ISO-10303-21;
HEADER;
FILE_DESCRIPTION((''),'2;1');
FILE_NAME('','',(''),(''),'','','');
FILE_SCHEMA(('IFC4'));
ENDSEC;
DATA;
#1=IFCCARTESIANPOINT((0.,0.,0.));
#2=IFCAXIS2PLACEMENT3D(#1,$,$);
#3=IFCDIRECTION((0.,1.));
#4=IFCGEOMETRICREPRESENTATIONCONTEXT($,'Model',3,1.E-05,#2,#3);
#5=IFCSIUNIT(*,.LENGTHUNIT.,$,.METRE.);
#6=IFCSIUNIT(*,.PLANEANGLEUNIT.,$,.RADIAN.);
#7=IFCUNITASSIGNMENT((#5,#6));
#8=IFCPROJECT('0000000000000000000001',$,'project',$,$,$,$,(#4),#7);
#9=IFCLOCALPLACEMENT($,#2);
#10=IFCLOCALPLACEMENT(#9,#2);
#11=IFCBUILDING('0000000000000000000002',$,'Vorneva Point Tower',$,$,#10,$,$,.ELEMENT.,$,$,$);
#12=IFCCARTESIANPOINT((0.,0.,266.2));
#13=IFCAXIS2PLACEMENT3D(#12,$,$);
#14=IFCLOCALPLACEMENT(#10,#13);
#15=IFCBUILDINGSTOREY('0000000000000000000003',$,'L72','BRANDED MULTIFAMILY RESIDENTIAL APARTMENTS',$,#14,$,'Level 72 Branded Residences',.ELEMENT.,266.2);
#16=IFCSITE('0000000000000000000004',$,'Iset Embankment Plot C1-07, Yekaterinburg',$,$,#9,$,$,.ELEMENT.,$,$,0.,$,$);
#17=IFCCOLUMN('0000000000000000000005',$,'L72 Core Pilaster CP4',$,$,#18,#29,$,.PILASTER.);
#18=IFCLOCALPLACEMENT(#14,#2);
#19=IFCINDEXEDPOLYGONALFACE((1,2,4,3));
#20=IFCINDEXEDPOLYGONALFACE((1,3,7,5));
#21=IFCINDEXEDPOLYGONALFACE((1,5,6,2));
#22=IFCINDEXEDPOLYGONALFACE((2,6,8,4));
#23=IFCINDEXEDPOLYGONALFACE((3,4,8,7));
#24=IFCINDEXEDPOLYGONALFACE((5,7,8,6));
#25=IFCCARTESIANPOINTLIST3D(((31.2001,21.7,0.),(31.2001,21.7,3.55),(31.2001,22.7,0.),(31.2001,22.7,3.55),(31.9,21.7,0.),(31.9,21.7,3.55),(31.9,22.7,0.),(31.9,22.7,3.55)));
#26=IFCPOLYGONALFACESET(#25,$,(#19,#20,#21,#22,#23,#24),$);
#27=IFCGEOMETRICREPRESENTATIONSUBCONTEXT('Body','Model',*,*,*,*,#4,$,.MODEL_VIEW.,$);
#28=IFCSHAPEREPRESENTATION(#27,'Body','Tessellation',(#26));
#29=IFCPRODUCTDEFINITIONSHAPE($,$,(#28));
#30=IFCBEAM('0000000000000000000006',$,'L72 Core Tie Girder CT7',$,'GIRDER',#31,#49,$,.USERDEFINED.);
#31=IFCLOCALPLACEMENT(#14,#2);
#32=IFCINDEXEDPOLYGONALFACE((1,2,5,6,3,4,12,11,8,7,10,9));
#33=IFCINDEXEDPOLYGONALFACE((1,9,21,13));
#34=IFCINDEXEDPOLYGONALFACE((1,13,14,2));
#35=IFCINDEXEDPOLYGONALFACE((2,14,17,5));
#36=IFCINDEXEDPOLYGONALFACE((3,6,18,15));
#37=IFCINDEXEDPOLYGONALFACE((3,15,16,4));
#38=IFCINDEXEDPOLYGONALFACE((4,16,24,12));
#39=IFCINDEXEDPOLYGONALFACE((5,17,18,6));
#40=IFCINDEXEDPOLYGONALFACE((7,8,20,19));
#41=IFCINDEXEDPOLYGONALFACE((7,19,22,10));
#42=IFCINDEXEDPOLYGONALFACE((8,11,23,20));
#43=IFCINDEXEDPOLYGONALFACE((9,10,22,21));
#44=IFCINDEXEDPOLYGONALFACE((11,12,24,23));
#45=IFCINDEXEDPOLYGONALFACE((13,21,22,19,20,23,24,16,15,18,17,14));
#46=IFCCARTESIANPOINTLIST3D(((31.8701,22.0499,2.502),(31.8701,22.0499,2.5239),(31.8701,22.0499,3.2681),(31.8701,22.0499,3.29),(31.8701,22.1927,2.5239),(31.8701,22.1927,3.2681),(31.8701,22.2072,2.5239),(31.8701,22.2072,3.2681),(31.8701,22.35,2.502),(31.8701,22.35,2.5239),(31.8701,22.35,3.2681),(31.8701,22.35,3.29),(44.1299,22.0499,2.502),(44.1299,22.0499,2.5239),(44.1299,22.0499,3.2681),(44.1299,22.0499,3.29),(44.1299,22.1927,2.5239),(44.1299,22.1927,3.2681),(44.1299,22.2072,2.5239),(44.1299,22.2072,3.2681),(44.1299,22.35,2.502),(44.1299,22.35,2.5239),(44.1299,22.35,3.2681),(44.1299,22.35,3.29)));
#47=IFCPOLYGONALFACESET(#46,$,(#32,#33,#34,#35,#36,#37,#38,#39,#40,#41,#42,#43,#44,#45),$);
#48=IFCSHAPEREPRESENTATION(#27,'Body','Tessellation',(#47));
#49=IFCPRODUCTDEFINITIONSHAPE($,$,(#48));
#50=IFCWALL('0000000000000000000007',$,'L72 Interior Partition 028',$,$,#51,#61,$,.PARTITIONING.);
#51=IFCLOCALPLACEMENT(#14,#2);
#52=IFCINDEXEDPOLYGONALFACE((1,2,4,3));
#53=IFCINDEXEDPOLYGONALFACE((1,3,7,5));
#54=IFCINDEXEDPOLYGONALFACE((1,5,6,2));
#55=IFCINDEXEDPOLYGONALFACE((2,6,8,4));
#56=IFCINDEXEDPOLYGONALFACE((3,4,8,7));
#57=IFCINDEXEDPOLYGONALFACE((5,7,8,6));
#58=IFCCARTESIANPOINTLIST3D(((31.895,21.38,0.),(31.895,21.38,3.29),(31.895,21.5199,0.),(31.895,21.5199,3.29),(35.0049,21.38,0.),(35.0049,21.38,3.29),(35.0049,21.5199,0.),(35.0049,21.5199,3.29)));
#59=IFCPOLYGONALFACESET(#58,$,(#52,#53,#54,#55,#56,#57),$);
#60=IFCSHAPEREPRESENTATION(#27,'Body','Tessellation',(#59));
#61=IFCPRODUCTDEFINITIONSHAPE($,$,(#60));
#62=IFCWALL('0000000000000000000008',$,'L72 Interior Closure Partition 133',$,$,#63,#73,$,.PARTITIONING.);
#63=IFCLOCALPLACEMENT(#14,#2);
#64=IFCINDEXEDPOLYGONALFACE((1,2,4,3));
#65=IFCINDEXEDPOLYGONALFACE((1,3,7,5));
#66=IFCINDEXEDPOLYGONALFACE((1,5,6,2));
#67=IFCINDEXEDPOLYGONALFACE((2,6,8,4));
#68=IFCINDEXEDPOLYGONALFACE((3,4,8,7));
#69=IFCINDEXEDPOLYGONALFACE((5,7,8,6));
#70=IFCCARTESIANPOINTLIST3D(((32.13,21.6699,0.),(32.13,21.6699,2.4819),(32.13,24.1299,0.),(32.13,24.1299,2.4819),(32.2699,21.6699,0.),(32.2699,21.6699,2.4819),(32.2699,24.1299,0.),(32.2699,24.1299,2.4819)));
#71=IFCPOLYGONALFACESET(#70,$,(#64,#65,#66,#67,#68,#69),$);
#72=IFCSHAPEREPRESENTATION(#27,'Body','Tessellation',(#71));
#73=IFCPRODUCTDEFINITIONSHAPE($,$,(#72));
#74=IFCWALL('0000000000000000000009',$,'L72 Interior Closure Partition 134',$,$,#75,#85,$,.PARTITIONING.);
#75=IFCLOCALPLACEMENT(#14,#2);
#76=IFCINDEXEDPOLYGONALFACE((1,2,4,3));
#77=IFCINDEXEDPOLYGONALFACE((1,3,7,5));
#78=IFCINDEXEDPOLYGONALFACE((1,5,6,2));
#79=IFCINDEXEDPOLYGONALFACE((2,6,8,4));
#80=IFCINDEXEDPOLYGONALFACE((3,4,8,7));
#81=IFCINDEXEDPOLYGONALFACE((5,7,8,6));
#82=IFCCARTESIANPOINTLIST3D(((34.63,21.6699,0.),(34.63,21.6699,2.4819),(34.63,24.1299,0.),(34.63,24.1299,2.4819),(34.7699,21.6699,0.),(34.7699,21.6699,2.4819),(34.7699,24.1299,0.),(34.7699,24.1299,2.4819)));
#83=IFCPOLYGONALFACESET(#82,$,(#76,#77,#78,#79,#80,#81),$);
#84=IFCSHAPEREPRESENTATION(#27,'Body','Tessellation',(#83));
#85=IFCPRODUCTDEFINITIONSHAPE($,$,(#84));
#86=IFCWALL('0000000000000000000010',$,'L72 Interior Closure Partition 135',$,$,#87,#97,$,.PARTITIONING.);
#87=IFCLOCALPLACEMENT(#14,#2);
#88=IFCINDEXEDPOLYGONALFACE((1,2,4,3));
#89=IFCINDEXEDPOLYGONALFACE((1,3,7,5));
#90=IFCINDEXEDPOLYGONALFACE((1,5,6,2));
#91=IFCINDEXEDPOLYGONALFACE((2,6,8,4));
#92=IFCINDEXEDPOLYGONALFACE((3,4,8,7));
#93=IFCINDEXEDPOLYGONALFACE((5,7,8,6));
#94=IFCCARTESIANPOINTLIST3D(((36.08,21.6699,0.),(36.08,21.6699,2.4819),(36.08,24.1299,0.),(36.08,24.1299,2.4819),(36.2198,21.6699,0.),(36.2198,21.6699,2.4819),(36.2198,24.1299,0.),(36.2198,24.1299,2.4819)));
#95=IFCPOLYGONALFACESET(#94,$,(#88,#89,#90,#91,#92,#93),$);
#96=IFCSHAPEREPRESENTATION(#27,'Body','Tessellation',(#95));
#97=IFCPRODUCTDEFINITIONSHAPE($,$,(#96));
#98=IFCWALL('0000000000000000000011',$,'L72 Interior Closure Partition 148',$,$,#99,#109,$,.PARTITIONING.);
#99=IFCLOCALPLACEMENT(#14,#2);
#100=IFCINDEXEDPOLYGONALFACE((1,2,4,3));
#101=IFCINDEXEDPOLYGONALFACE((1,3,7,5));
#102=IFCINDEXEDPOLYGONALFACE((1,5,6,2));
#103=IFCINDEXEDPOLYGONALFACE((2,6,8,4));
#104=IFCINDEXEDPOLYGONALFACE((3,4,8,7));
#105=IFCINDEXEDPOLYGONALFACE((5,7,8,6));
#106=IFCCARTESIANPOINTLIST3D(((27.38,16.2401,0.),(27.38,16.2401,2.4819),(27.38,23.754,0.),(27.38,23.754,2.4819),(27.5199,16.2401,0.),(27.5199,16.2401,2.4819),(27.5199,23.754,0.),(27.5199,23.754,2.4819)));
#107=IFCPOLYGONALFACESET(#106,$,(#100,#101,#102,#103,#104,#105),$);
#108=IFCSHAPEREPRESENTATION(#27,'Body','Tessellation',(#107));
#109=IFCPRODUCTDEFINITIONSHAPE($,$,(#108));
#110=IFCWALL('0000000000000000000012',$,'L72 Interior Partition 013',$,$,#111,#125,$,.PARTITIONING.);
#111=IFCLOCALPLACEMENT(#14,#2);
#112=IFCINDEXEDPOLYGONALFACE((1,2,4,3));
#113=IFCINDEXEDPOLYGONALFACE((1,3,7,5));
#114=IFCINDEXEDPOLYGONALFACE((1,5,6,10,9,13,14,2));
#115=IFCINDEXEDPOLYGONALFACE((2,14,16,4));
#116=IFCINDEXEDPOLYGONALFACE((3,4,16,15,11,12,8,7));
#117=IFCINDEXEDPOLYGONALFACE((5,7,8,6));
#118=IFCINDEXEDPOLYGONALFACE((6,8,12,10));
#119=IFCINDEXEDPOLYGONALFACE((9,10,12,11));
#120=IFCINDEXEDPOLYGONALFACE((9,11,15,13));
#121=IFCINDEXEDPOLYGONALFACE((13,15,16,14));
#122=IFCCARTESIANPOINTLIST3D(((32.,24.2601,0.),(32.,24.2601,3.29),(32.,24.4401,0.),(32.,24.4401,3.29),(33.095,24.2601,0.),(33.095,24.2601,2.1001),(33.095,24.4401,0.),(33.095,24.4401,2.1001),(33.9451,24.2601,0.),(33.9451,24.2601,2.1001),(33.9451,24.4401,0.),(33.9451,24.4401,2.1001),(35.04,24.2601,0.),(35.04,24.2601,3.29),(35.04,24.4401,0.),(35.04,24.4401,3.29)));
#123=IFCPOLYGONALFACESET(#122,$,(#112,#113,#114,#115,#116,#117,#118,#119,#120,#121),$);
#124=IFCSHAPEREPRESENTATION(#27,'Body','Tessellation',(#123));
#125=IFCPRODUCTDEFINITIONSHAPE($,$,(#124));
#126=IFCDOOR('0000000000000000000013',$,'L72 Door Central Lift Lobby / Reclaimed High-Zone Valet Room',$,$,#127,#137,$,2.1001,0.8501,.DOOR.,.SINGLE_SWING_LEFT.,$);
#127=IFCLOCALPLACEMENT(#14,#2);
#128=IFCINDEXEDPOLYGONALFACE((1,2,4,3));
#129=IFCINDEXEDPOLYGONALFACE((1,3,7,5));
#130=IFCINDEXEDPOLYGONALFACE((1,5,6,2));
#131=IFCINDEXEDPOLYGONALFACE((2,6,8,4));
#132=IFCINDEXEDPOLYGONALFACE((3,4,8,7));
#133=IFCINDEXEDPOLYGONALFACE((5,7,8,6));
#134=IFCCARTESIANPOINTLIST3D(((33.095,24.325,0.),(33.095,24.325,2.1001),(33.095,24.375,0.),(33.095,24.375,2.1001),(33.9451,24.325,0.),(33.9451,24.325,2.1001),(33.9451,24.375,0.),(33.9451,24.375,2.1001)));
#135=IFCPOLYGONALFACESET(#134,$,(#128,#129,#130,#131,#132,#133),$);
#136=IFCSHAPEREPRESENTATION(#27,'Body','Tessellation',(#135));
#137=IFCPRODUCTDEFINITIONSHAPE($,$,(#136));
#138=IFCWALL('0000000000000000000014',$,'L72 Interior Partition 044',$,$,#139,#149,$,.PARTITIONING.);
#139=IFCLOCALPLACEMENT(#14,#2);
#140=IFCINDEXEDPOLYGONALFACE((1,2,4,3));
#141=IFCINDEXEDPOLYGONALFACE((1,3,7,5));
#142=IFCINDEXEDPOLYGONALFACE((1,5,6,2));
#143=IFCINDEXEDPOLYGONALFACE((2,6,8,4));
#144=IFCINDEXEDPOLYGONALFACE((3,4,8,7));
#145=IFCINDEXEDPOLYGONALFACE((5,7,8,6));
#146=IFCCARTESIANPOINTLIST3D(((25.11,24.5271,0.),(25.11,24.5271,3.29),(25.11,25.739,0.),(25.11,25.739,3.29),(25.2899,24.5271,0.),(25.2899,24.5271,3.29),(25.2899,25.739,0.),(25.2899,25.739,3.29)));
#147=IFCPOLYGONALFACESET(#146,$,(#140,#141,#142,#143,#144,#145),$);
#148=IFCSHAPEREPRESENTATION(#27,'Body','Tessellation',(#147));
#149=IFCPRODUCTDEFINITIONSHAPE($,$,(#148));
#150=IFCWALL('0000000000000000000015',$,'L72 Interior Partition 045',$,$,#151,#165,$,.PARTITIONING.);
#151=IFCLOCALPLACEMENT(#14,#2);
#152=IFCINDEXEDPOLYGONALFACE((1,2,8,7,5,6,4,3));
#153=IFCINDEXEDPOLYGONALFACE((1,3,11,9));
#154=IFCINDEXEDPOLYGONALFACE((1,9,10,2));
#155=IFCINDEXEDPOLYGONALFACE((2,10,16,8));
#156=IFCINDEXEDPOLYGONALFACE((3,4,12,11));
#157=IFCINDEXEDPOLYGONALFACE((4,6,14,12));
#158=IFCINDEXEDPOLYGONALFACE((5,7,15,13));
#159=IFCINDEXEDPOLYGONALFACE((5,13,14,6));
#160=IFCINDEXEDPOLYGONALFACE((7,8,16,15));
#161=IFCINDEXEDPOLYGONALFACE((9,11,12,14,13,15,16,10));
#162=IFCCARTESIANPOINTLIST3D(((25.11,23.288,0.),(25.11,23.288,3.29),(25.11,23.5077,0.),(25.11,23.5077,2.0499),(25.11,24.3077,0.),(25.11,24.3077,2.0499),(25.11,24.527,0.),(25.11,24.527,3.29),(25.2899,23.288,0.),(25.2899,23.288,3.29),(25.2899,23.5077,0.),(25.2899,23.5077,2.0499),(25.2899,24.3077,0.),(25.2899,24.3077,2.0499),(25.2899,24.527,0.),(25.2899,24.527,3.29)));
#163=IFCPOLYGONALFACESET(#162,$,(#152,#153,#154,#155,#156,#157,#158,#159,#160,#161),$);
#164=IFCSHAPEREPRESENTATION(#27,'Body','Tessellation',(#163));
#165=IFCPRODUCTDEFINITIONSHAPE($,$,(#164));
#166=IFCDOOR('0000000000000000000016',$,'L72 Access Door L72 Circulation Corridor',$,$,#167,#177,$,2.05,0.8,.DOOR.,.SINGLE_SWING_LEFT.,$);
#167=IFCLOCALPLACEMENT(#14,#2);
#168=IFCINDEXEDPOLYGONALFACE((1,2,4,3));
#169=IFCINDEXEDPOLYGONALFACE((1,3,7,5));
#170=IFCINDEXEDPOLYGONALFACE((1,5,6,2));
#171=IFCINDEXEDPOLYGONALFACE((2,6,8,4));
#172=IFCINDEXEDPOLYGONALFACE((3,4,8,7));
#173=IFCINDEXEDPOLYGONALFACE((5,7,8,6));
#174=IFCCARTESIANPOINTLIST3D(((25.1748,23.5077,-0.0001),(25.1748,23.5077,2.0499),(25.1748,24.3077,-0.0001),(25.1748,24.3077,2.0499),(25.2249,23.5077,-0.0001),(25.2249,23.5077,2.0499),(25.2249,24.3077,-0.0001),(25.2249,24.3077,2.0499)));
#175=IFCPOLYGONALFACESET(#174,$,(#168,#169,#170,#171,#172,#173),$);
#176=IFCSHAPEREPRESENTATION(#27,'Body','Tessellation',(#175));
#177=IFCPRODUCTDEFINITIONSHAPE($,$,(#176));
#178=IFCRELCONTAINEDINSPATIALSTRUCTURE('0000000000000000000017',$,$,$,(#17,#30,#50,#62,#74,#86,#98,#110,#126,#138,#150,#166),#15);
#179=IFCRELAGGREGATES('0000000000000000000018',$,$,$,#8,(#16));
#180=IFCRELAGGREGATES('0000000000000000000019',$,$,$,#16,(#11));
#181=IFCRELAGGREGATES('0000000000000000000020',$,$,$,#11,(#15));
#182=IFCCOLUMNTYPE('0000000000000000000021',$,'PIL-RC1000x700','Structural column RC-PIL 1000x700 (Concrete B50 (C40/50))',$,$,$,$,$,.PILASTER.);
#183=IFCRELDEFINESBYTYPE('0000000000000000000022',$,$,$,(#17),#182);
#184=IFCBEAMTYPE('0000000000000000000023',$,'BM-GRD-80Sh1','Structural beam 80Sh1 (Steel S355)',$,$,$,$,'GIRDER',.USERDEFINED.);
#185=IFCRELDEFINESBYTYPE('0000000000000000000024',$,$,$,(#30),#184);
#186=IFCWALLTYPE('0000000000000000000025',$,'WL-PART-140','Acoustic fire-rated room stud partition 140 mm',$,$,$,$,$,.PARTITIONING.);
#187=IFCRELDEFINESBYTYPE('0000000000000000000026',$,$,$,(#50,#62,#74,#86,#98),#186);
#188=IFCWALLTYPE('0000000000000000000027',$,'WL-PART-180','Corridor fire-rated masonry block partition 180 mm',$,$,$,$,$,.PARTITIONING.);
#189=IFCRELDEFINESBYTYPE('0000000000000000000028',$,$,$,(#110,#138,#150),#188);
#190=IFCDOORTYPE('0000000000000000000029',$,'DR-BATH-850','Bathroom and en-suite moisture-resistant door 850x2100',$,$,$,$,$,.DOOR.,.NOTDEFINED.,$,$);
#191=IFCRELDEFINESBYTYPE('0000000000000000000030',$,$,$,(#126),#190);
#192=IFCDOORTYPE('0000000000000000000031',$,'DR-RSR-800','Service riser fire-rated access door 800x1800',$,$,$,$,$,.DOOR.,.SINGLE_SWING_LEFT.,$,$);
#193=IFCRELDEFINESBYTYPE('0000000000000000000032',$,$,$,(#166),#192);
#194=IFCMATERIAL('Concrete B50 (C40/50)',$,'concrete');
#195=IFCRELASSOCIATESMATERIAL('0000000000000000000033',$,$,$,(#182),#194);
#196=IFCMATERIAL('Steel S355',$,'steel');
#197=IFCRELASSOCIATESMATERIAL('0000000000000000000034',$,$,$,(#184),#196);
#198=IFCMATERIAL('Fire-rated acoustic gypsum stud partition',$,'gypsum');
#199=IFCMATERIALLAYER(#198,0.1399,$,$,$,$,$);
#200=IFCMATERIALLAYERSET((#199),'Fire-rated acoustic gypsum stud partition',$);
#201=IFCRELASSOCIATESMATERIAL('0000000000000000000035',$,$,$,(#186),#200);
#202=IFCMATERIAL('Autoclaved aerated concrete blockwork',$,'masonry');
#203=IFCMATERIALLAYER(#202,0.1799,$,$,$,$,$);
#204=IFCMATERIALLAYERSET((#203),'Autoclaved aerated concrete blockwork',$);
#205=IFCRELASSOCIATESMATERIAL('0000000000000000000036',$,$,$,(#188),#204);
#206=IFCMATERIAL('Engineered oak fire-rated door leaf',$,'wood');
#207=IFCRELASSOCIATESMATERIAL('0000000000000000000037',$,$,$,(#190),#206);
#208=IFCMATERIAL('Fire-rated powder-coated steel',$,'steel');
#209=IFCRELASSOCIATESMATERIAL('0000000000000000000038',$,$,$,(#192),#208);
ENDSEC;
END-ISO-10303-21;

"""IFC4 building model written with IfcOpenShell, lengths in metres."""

from ifc_helpers import new_model, si_unit, direction, frame, frame_2d, origin, origin_2d, place, context, subcontext, project, spatial, rectangle, i_section, extrude, material, layer, layer_set, material_profile, profile_set, type_object, element, fill, save


model = new_model("IFC4")

# Units and contexts
model_context = context("Model", 3, precision=1e-05, world=origin(), true_north=direction((0.0, 1.0)))
body_context = subcontext(model_context, "Body", "Model", "MODEL_VIEW")
ifc_project = project(units=[si_unit("LENGTHUNIT", "METRE"), si_unit("PLANEANGLEUNIT", "RADIAN")], contexts=[model_context])

# Site, building, storey
site_placement = place(None, origin())
site = spatial("IfcSite", under=ifc_project, at=site_placement, Name="Iset Embankment Plot C1-07, Yekaterinburg", CompositionType="ELEMENT", RefElevation=0.0)
building_placement = place(site_placement, origin())
building = spatial("IfcBuilding", under=site, at=building_placement, Name="Vorneva Point Tower", CompositionType="ELEMENT")
storey_placement = place(building_placement, frame((0.0, 0.0, 266.2)))
storey = spatial("IfcBuildingStorey", under=building, at=storey_placement, Name="L72", Description="BRANDED MULTIFAMILY RESIDENTIAL APARTMENTS", LongName="Level 72 Branded Residences", CompositionType="ELEMENT", Elevation=266.2)

# Column
ifc_material_1 = material(Name="Concrete B50 (C40/50)", Category="concrete")
ifc_material_profile_1 = material_profile(ifc_material_1, rectangle(XDim=0.7, YDim=1.0, at=origin_2d()), Name="RC-PIL 1000x700")
ifc_profile_set_1 = profile_set([ifc_material_profile_1], Name="Concrete B50 (C40/50)")
column_type = type_object("IfcColumnType", Name="PIL-RC1000x700", Description="Structural column RC-PIL 1000x700 (Concrete B50 (C40/50))", PredefinedType="PILASTER", material=ifc_profile_set_1)
column_placement = place(storey_placement, frame((31.55, 22.2, 0.0), z_axis=(0.0, 0.0, 1.0), x_axis=(1.0, 0.0, 0.0)))
element("IfcColumn", 1, at=column_placement, inside=storey, type_object=column_type, Name="L72 Core Pilaster CP4", PredefinedType="PILASTER", context=body_context, shape_type="SweptSolid", body=[
    extrude(rectangle(XDim=0.7, YDim=1.0, at=origin_2d()), origin(), (0.0, 0.0, 1.0), 3.55),
])

# Beam
ifc_material_2 = material(Name="Steel S355", Category="steel")
ifc_material_profile_2 = material_profile(ifc_material_2, i_section(OverallWidth=0.3, OverallDepth=0.7881, WebThickness=0.0144, FlangeThickness=0.022, at=origin_2d()), Name="80Sh1")
ifc_profile_set_2 = profile_set([ifc_material_profile_2], Name="Steel S355")
beam_type = type_object("IfcBeamType", Name="BM-GRD-80Sh1", Description="Structural beam 80Sh1 (Steel S355)", ElementType="GIRDER", PredefinedType="USERDEFINED", material=ifc_profile_set_2)
beam_placement = place(storey_placement, frame((31.8701, 22.2, 2.896), z_axis=(1.0, 0.0, 0.0), x_axis=(0.0, 1.0, 0.0)))
element("IfcBeam", 2, at=beam_placement, inside=storey, type_object=beam_type, Name="L72 Core Tie Girder CT7", ObjectType="GIRDER", PredefinedType="USERDEFINED", context=body_context, shape_type="SweptSolid", body=[
    extrude(i_section(OverallWidth=0.3, OverallDepth=0.7881, WebThickness=0.0144, FlangeThickness=0.022, at=origin_2d()), origin(), (0.0, 0.0, 1.0), 12.2598),
])

# Walls
ifc_material_3 = material(Name="Fire-rated acoustic gypsum stud partition", Category="gypsum")
ifc_layer_1 = layer(ifc_material_3, 0.1399)
ifc_layer_set_1 = layer_set([ifc_layer_1], Name="Fire-rated acoustic gypsum stud partition")
wall_type_1 = type_object("IfcWallType", Name="WL-PART-140", Description="Acoustic fire-rated room stud partition 140 mm", PredefinedType="PARTITIONING", material=ifc_layer_set_1)
wall_1_placement = place(storey_placement, frame((35.0049, 21.45, 0.0), z_axis=(0.0, 0.0, 1.0), x_axis=(-1.0, 0.0, 0.0)))
element("IfcWall", 3, at=wall_1_placement, inside=storey, type_object=wall_type_1, Name="L72 Interior Partition 028", PredefinedType="PARTITIONING", context=body_context, shape_type="SweptSolid", body=[
    extrude(rectangle(XDim=3.1099, YDim=0.1399, at=frame_2d((1.5549, 0.0))), origin(), (0.0, 0.0, 1.0), 3.29),
])
for number, where, z_axis, x_axis, name in (
    (4, (32.2, 24.1299, 0.0), (0.0, 0.0, 1.0), (0.0, -1.0, 0.0), "L72 Interior Closure Partition 133"),
    (5, (34.7, 21.6699, 0.0), (0.0, 0.0, 1.0), (0.0, 1.0, 0.0), "L72 Interior Closure Partition 134"),
    (6, (36.1499, 24.1299, 0.0), (0.0, 0.0, 1.0), (0.0, -1.0, 0.0), "L72 Interior Closure Partition 135"),
):
    element("IfcWall", number, at=place(storey_placement, frame(where, z_axis=z_axis, x_axis=x_axis)), inside=storey, type_object=wall_type_1, Name=name, PredefinedType="PARTITIONING", context=body_context, shape_type="SweptSolid", body=[
        extrude(rectangle(XDim=2.46, YDim=0.1399, at=frame_2d((1.23, 0.0))), origin(), (0.0, 0.0, 1.0), 2.4819),
    ])
wall_2_placement = place(storey_placement, frame((27.45, 23.7539, 0.0), z_axis=(0.0, 0.0, 1.0), x_axis=(0.0, -1.0, 0.0)))
element("IfcWall", 7, at=wall_2_placement, inside=storey, type_object=wall_type_1, Name="L72 Interior Closure Partition 148", PredefinedType="PARTITIONING", context=body_context, shape_type="SweptSolid", body=[
    extrude(rectangle(XDim=7.5139, YDim=0.1399, at=frame_2d((3.7568, 0.0))), origin(), (0.0, 0.0, 1.0), 2.4819),
])

# Wall, opening, door
ifc_material_4 = material(Name="Autoclaved aerated concrete blockwork", Category="masonry")
ifc_layer_2 = layer(ifc_material_4, 0.1799)
ifc_layer_set_2 = layer_set([ifc_layer_2], Name="Autoclaved aerated concrete blockwork")
wall_type_2 = type_object("IfcWallType", Name="WL-PART-180", Description="Corridor fire-rated masonry block partition 180 mm", PredefinedType="PARTITIONING", material=ifc_layer_set_2)
ifc_material_5 = material(Name="Fire-rated powder-coated steel", Category="steel")
wall_3_placement = place(storey_placement, frame((32.0, 24.3501, 0.0), z_axis=(0.0, 0.0, 1.0), x_axis=(1.0, 0.0, 0.0)))
wall_3 = element("IfcWall", 8, at=wall_3_placement, inside=storey, type_object=wall_type_2, Name="L72 Interior Partition 013", PredefinedType="PARTITIONING", context=body_context, shape_type="SweptSolid", body=[
    extrude(rectangle(XDim=3.04, YDim=0.1799, at=frame_2d((1.52, 0.0))), origin(), (0.0, 0.0, 1.0), 3.29),
])
opening_1_placement = place(wall_3_placement, frame((1.095, 0.0, 0.0)))
opening_1 = element("IfcOpeningElement", 9, at=opening_1_placement, cuts=wall_3, PredefinedType="OPENING", context=body_context, shape_type="SweptSolid", body=[
    extrude(rectangle(XDim=0.8501, YDim=2.1001, at=frame_2d((0.425, 1.05))), frame((0.0, 0.105, 0.0), z_axis=(0.0, -1.0, 0.0), x_axis=(1.0, 0.0, 0.0)), (0.0, 0.0, 1.0), 0.2097),
])
ifc_material_6 = material(Name="Engineered oak fire-rated door leaf", Category="wood")
door_type_1 = type_object("IfcDoorType", Name="DR-BATH-850", Description="Bathroom and en-suite moisture-resistant door 850x2100", OperationType="NOTDEFINED", PredefinedType="DOOR", material=ifc_material_6)
door_1_placement = place(opening_1_placement, origin())
door_1 = element("IfcDoor", 10, at=door_1_placement, inside=storey, type_object=door_type_1, Name="L72 Door Central Lift Lobby / Reclaimed High-Zone Valet Room", OperationType="SINGLE_SWING_LEFT", OverallHeight=2.1001, OverallWidth=0.8501, PredefinedType="DOOR", context=body_context, shape_type="SweptSolid", body=[
    extrude(rectangle(XDim=0.8501, YDim=2.1001, at=frame_2d((0.425, 1.05))), frame((0.0, 0.0249, 0.0), z_axis=(0.0, -1.0, 0.0), x_axis=(1.0, 0.0, 0.0)), (0.0, 0.0, 1.0), 0.05),
])
fill(opening_1, door_1)

# Wall
wall_4_placement = place(storey_placement, frame((25.2, 25.739, 0.0), z_axis=(0.0, 0.0, 1.0), x_axis=(0.0, -1.0, 0.0)))
element("IfcWall", 11, at=wall_4_placement, inside=storey, type_object=wall_type_2, Name="L72 Interior Partition 044", PredefinedType="PARTITIONING", context=body_context, shape_type="SweptSolid", body=[
    extrude(rectangle(XDim=1.2119, YDim=0.1799, at=frame_2d((0.606, 0.0))), origin(), (0.0, 0.0, 1.0), 3.29),
])

# Wall, opening, door
wall_5_placement = place(storey_placement, frame((25.2, 24.5271, 0.0), z_axis=(0.0, 0.0, 1.0), x_axis=(0.0, -1.0, 0.0)))
wall_5 = element("IfcWall", 12, at=wall_5_placement, inside=storey, type_object=wall_type_2, Name="L72 Interior Partition 045", PredefinedType="PARTITIONING", context=body_context, shape_type="SweptSolid", body=[
    extrude(rectangle(XDim=1.239, YDim=0.1799, at=frame_2d((0.6196, 0.0))), origin(), (0.0, 0.0, 1.0), 3.29),
])
opening_2_placement = place(wall_5_placement, frame((0.2195, 0.0, 0.0)))
opening_2 = element("IfcOpeningElement", 13, at=opening_2_placement, cuts=wall_5, PredefinedType="OPENING", context=body_context, shape_type="SweptSolid", body=[
    extrude(rectangle(XDim=0.8, YDim=2.05, at=frame_2d((0.3999, 1.0249))), frame((0.0, 0.105, 0.0), z_axis=(0.0, -1.0, 0.0), x_axis=(1.0, 0.0, 0.0)), (0.0, 0.0, 1.0), 0.2097),
])
door_type_2 = type_object("IfcDoorType", Name="DR-RSR-800", Description="Service riser fire-rated access door 800x1800", OperationType="SINGLE_SWING_LEFT", PredefinedType="DOOR", material=ifc_material_5)
door_2_placement = place(opening_2_placement, origin())
door_2 = element("IfcDoor", 14, at=door_2_placement, inside=storey, type_object=door_type_2, Name="L72 Access Door L72 Circulation Corridor", OperationType="SINGLE_SWING_LEFT", OverallHeight=2.05, OverallWidth=0.8, PredefinedType="DOOR", context=body_context, shape_type="SweptSolid", body=[
    extrude(rectangle(XDim=0.8, YDim=2.05, at=frame_2d((0.3999, 1.0249))), frame((0.0, 0.0249, 0.0), z_axis=(0.0, -1.0, 0.0), x_axis=(1.0, 0.0, 0.0)), (0.0, 0.0, 1.0), 0.05),
])
fill(opening_2, door_2)

save(model, "model.ifc")
